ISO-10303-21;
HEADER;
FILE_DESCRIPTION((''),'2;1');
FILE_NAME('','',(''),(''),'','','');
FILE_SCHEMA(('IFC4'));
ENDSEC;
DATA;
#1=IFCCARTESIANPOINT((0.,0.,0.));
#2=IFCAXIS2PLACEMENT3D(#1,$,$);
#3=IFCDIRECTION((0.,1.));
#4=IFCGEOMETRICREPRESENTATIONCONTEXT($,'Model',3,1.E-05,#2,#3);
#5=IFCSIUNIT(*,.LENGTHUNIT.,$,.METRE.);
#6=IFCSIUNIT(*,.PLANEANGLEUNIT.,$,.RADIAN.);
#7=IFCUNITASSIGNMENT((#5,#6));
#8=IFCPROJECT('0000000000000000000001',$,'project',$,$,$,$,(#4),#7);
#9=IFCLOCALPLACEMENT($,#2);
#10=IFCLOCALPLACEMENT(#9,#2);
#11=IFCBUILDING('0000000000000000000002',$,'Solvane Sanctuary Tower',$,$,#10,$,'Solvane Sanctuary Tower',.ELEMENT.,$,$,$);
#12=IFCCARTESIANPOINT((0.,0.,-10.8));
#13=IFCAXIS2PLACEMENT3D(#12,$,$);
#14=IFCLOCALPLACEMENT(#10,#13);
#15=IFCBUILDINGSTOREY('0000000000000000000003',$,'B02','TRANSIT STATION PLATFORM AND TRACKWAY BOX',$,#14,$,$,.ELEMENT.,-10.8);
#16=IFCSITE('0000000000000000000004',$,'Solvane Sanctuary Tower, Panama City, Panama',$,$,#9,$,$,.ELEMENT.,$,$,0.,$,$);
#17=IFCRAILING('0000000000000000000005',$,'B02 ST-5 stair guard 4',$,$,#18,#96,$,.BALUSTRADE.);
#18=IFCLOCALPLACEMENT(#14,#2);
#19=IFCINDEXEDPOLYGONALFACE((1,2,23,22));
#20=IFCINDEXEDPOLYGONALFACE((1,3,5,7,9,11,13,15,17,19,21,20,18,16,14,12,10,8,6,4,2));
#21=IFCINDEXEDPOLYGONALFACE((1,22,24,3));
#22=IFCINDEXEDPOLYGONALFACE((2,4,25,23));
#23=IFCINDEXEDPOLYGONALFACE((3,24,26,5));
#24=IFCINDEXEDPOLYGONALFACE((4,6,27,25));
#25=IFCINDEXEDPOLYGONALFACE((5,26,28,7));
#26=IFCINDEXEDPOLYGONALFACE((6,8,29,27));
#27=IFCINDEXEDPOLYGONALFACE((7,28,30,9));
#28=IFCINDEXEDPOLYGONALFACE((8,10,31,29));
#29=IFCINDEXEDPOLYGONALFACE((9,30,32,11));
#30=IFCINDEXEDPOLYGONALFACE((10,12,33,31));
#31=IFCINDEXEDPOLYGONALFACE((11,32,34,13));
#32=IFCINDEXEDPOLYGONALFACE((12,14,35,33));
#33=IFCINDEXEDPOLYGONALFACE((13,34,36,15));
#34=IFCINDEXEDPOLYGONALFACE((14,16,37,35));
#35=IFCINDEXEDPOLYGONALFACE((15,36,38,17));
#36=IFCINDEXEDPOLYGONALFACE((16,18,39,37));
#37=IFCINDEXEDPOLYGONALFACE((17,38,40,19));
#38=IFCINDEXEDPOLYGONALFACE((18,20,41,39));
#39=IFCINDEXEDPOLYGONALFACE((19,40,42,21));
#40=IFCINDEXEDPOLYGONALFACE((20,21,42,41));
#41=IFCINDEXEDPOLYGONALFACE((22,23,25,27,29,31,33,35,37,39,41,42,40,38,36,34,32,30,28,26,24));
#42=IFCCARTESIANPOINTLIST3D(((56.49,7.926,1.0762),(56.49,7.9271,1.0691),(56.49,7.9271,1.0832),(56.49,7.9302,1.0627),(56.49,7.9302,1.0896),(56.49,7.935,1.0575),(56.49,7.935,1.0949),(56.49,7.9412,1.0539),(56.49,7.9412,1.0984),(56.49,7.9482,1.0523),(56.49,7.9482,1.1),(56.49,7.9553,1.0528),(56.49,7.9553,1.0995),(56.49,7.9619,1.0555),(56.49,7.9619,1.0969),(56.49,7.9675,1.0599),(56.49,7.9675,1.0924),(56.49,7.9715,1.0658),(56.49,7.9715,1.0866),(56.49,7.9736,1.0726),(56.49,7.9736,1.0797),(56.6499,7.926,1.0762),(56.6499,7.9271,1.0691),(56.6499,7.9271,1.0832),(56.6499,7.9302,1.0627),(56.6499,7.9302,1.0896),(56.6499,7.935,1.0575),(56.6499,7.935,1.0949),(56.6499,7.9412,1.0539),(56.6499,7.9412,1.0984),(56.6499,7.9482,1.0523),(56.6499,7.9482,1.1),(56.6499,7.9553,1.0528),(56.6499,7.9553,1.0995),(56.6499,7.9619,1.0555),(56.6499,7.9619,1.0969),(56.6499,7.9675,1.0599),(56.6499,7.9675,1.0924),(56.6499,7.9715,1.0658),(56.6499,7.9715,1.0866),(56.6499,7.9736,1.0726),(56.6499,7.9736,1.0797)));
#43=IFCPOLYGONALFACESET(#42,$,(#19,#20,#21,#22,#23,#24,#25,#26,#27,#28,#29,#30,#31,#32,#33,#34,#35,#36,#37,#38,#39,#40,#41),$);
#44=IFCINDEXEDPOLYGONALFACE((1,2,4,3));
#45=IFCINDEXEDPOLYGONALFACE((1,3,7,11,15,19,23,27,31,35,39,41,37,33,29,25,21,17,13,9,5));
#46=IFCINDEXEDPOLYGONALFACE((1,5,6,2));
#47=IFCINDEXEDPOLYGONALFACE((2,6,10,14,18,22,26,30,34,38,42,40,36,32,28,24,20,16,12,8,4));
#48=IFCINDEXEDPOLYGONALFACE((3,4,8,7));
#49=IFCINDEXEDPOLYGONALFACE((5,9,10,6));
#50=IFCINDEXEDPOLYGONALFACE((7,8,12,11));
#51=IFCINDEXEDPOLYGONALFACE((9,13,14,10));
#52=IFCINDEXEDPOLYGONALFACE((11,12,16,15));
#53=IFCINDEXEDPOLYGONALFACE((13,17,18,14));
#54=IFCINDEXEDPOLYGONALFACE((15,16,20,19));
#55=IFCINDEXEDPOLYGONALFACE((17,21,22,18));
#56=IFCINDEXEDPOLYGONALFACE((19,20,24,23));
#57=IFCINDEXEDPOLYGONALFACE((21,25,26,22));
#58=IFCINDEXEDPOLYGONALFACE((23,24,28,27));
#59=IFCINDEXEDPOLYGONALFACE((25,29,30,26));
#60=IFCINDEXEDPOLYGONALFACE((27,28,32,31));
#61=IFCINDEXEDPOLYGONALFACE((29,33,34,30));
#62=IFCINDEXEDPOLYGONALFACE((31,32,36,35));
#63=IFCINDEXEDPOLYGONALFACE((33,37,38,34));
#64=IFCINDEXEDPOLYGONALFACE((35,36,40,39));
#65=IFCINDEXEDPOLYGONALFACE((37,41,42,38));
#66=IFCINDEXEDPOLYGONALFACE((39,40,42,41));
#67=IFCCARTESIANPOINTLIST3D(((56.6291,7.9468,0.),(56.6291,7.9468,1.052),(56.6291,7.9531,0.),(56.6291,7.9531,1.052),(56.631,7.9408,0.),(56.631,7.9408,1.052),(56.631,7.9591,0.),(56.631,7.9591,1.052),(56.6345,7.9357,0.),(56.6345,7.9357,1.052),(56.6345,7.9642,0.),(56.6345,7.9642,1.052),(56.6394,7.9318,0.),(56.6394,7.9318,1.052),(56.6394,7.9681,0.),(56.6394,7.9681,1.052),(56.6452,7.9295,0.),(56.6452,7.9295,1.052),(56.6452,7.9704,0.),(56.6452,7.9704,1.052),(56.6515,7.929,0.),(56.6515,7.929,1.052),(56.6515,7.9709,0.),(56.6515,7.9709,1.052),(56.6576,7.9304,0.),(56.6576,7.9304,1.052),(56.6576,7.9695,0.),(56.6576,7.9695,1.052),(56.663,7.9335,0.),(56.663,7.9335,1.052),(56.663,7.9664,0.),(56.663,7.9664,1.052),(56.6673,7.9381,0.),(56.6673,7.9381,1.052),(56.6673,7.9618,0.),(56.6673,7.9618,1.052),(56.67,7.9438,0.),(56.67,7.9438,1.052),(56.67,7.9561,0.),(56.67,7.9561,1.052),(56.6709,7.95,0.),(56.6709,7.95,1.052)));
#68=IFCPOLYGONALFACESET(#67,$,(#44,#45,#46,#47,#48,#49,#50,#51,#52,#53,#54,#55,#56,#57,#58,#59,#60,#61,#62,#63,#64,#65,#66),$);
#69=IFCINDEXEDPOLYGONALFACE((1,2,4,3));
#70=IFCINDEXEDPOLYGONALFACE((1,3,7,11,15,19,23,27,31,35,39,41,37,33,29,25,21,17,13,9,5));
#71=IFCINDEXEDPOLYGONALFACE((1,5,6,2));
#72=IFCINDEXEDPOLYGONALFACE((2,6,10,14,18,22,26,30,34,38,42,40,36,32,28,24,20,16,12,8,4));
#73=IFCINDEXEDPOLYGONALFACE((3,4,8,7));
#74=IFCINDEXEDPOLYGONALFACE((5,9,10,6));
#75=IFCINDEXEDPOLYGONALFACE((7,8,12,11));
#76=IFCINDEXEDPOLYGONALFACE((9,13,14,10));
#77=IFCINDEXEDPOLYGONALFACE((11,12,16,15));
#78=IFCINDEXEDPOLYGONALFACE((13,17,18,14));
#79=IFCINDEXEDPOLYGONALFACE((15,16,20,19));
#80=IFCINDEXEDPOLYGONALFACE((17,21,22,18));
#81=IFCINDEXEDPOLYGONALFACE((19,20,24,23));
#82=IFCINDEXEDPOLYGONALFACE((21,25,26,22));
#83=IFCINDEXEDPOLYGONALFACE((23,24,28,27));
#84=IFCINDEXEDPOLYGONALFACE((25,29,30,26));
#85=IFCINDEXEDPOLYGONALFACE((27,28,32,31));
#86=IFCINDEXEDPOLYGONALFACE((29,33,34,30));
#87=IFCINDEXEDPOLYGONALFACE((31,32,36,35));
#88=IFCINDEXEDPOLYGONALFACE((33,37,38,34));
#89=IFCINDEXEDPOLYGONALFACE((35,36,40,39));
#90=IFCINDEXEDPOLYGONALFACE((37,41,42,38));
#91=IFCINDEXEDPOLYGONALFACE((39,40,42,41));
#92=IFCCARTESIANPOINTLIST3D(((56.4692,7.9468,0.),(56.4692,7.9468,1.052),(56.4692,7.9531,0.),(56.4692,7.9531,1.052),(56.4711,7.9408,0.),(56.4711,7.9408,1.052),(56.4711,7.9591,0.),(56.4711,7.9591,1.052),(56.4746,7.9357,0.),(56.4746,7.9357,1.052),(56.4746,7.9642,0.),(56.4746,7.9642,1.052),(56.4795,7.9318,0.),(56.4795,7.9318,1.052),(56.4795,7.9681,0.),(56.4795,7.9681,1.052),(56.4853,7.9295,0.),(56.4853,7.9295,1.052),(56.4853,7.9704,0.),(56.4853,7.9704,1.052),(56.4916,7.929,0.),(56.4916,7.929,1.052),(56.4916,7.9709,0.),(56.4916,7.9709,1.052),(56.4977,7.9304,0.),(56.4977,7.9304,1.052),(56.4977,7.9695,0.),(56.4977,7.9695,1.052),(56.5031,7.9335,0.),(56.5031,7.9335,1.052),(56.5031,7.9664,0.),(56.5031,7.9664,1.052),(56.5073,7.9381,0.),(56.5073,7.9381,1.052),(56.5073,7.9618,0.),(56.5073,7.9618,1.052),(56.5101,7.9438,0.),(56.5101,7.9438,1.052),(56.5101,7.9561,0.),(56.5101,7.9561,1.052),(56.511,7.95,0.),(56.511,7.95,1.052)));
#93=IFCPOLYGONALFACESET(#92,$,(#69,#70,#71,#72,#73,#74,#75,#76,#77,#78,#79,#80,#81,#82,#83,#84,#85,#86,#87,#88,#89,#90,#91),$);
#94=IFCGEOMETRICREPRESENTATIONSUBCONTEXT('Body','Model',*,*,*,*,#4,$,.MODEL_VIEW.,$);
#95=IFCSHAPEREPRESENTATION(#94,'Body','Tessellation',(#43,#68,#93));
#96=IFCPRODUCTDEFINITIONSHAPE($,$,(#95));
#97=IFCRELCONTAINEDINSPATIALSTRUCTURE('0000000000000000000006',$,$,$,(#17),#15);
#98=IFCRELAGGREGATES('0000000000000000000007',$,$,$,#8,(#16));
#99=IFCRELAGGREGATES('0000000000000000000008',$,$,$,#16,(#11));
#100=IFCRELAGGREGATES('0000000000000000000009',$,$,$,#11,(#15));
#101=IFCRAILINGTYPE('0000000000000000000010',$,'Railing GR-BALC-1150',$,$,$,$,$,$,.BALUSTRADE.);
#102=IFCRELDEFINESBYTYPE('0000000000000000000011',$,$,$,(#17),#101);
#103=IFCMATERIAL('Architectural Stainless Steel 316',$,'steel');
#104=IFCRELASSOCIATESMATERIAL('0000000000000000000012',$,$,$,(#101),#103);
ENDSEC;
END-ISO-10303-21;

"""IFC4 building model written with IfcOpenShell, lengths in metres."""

from ifc_helpers import new_model, si_unit, direction, frame, origin, origin_2d, place, context, subcontext, project, spatial, circle, extrude, material, type_object, element, save


model = new_model("IFC4")

# Units and contexts
model_context = context("Model", 3, precision=1e-05, world=origin(), true_north=direction((0.0, 1.0)))
body_context = subcontext(model_context, "Body", "Model", "MODEL_VIEW")
ifc_project = project(units=[si_unit("LENGTHUNIT", "METRE"), si_unit("PLANEANGLEUNIT", "RADIAN")], contexts=[model_context])

# Site, building, storey
site_placement = place(None, origin())
site = spatial("IfcSite", under=ifc_project, at=site_placement, Name="Solvane Sanctuary Tower, Panama City, Panama", CompositionType="ELEMENT", RefElevation=0.0)
building_placement = place(site_placement, origin())
building = spatial("IfcBuilding", under=site, at=building_placement, Name="Solvane Sanctuary Tower", LongName="Solvane Sanctuary Tower", CompositionType="ELEMENT")
storey_placement = place(building_placement, frame((0.0, 0.0, -10.8)))
storey = spatial("IfcBuildingStorey", under=building, at=storey_placement, Name="B02", Description="TRANSIT STATION PLATFORM AND TRACKWAY BOX", CompositionType="ELEMENT", Elevation=-10.8)

# Shared definitions
ifc_material_1 = material(Name="Architectural Stainless Steel 316", Category="steel")

# Railing
railing_type_1 = type_object("IfcRailingType", Name="Railing GR-BALC-1150", PredefinedType="BALUSTRADE", material=ifc_material_1)
railing_1_placement = place(storey_placement, frame((56.6499, 7.95, 0.0)))
element("IfcRailing", 1, at=railing_1_placement, inside=storey, type_object=railing_type_1, Name="B02 ST-5 stair guard 4", PredefinedType="BALUSTRADE", context=body_context, shape_type="SweptSolid", body=[
    extrude(circle(Radius=0.0239, at=origin_2d()), frame((0.0, 0.0, 1.0762), z_axis=(-1.0, 0.0, 0.0), x_axis=(0.0, -1.0, 0.0)), (0.0, 0.0, 1.0), 0.1599),
    extrude(circle(Radius=0.021, at=origin_2d()), origin(), (0.0, 0.0, 1.0), 1.052),
    extrude(circle(Radius=0.021, at=origin_2d()), frame((-0.1599, 0.0, 0.0)), (0.0, 0.0, 1.0), 1.052),
])

save(model, "model.ifc")
